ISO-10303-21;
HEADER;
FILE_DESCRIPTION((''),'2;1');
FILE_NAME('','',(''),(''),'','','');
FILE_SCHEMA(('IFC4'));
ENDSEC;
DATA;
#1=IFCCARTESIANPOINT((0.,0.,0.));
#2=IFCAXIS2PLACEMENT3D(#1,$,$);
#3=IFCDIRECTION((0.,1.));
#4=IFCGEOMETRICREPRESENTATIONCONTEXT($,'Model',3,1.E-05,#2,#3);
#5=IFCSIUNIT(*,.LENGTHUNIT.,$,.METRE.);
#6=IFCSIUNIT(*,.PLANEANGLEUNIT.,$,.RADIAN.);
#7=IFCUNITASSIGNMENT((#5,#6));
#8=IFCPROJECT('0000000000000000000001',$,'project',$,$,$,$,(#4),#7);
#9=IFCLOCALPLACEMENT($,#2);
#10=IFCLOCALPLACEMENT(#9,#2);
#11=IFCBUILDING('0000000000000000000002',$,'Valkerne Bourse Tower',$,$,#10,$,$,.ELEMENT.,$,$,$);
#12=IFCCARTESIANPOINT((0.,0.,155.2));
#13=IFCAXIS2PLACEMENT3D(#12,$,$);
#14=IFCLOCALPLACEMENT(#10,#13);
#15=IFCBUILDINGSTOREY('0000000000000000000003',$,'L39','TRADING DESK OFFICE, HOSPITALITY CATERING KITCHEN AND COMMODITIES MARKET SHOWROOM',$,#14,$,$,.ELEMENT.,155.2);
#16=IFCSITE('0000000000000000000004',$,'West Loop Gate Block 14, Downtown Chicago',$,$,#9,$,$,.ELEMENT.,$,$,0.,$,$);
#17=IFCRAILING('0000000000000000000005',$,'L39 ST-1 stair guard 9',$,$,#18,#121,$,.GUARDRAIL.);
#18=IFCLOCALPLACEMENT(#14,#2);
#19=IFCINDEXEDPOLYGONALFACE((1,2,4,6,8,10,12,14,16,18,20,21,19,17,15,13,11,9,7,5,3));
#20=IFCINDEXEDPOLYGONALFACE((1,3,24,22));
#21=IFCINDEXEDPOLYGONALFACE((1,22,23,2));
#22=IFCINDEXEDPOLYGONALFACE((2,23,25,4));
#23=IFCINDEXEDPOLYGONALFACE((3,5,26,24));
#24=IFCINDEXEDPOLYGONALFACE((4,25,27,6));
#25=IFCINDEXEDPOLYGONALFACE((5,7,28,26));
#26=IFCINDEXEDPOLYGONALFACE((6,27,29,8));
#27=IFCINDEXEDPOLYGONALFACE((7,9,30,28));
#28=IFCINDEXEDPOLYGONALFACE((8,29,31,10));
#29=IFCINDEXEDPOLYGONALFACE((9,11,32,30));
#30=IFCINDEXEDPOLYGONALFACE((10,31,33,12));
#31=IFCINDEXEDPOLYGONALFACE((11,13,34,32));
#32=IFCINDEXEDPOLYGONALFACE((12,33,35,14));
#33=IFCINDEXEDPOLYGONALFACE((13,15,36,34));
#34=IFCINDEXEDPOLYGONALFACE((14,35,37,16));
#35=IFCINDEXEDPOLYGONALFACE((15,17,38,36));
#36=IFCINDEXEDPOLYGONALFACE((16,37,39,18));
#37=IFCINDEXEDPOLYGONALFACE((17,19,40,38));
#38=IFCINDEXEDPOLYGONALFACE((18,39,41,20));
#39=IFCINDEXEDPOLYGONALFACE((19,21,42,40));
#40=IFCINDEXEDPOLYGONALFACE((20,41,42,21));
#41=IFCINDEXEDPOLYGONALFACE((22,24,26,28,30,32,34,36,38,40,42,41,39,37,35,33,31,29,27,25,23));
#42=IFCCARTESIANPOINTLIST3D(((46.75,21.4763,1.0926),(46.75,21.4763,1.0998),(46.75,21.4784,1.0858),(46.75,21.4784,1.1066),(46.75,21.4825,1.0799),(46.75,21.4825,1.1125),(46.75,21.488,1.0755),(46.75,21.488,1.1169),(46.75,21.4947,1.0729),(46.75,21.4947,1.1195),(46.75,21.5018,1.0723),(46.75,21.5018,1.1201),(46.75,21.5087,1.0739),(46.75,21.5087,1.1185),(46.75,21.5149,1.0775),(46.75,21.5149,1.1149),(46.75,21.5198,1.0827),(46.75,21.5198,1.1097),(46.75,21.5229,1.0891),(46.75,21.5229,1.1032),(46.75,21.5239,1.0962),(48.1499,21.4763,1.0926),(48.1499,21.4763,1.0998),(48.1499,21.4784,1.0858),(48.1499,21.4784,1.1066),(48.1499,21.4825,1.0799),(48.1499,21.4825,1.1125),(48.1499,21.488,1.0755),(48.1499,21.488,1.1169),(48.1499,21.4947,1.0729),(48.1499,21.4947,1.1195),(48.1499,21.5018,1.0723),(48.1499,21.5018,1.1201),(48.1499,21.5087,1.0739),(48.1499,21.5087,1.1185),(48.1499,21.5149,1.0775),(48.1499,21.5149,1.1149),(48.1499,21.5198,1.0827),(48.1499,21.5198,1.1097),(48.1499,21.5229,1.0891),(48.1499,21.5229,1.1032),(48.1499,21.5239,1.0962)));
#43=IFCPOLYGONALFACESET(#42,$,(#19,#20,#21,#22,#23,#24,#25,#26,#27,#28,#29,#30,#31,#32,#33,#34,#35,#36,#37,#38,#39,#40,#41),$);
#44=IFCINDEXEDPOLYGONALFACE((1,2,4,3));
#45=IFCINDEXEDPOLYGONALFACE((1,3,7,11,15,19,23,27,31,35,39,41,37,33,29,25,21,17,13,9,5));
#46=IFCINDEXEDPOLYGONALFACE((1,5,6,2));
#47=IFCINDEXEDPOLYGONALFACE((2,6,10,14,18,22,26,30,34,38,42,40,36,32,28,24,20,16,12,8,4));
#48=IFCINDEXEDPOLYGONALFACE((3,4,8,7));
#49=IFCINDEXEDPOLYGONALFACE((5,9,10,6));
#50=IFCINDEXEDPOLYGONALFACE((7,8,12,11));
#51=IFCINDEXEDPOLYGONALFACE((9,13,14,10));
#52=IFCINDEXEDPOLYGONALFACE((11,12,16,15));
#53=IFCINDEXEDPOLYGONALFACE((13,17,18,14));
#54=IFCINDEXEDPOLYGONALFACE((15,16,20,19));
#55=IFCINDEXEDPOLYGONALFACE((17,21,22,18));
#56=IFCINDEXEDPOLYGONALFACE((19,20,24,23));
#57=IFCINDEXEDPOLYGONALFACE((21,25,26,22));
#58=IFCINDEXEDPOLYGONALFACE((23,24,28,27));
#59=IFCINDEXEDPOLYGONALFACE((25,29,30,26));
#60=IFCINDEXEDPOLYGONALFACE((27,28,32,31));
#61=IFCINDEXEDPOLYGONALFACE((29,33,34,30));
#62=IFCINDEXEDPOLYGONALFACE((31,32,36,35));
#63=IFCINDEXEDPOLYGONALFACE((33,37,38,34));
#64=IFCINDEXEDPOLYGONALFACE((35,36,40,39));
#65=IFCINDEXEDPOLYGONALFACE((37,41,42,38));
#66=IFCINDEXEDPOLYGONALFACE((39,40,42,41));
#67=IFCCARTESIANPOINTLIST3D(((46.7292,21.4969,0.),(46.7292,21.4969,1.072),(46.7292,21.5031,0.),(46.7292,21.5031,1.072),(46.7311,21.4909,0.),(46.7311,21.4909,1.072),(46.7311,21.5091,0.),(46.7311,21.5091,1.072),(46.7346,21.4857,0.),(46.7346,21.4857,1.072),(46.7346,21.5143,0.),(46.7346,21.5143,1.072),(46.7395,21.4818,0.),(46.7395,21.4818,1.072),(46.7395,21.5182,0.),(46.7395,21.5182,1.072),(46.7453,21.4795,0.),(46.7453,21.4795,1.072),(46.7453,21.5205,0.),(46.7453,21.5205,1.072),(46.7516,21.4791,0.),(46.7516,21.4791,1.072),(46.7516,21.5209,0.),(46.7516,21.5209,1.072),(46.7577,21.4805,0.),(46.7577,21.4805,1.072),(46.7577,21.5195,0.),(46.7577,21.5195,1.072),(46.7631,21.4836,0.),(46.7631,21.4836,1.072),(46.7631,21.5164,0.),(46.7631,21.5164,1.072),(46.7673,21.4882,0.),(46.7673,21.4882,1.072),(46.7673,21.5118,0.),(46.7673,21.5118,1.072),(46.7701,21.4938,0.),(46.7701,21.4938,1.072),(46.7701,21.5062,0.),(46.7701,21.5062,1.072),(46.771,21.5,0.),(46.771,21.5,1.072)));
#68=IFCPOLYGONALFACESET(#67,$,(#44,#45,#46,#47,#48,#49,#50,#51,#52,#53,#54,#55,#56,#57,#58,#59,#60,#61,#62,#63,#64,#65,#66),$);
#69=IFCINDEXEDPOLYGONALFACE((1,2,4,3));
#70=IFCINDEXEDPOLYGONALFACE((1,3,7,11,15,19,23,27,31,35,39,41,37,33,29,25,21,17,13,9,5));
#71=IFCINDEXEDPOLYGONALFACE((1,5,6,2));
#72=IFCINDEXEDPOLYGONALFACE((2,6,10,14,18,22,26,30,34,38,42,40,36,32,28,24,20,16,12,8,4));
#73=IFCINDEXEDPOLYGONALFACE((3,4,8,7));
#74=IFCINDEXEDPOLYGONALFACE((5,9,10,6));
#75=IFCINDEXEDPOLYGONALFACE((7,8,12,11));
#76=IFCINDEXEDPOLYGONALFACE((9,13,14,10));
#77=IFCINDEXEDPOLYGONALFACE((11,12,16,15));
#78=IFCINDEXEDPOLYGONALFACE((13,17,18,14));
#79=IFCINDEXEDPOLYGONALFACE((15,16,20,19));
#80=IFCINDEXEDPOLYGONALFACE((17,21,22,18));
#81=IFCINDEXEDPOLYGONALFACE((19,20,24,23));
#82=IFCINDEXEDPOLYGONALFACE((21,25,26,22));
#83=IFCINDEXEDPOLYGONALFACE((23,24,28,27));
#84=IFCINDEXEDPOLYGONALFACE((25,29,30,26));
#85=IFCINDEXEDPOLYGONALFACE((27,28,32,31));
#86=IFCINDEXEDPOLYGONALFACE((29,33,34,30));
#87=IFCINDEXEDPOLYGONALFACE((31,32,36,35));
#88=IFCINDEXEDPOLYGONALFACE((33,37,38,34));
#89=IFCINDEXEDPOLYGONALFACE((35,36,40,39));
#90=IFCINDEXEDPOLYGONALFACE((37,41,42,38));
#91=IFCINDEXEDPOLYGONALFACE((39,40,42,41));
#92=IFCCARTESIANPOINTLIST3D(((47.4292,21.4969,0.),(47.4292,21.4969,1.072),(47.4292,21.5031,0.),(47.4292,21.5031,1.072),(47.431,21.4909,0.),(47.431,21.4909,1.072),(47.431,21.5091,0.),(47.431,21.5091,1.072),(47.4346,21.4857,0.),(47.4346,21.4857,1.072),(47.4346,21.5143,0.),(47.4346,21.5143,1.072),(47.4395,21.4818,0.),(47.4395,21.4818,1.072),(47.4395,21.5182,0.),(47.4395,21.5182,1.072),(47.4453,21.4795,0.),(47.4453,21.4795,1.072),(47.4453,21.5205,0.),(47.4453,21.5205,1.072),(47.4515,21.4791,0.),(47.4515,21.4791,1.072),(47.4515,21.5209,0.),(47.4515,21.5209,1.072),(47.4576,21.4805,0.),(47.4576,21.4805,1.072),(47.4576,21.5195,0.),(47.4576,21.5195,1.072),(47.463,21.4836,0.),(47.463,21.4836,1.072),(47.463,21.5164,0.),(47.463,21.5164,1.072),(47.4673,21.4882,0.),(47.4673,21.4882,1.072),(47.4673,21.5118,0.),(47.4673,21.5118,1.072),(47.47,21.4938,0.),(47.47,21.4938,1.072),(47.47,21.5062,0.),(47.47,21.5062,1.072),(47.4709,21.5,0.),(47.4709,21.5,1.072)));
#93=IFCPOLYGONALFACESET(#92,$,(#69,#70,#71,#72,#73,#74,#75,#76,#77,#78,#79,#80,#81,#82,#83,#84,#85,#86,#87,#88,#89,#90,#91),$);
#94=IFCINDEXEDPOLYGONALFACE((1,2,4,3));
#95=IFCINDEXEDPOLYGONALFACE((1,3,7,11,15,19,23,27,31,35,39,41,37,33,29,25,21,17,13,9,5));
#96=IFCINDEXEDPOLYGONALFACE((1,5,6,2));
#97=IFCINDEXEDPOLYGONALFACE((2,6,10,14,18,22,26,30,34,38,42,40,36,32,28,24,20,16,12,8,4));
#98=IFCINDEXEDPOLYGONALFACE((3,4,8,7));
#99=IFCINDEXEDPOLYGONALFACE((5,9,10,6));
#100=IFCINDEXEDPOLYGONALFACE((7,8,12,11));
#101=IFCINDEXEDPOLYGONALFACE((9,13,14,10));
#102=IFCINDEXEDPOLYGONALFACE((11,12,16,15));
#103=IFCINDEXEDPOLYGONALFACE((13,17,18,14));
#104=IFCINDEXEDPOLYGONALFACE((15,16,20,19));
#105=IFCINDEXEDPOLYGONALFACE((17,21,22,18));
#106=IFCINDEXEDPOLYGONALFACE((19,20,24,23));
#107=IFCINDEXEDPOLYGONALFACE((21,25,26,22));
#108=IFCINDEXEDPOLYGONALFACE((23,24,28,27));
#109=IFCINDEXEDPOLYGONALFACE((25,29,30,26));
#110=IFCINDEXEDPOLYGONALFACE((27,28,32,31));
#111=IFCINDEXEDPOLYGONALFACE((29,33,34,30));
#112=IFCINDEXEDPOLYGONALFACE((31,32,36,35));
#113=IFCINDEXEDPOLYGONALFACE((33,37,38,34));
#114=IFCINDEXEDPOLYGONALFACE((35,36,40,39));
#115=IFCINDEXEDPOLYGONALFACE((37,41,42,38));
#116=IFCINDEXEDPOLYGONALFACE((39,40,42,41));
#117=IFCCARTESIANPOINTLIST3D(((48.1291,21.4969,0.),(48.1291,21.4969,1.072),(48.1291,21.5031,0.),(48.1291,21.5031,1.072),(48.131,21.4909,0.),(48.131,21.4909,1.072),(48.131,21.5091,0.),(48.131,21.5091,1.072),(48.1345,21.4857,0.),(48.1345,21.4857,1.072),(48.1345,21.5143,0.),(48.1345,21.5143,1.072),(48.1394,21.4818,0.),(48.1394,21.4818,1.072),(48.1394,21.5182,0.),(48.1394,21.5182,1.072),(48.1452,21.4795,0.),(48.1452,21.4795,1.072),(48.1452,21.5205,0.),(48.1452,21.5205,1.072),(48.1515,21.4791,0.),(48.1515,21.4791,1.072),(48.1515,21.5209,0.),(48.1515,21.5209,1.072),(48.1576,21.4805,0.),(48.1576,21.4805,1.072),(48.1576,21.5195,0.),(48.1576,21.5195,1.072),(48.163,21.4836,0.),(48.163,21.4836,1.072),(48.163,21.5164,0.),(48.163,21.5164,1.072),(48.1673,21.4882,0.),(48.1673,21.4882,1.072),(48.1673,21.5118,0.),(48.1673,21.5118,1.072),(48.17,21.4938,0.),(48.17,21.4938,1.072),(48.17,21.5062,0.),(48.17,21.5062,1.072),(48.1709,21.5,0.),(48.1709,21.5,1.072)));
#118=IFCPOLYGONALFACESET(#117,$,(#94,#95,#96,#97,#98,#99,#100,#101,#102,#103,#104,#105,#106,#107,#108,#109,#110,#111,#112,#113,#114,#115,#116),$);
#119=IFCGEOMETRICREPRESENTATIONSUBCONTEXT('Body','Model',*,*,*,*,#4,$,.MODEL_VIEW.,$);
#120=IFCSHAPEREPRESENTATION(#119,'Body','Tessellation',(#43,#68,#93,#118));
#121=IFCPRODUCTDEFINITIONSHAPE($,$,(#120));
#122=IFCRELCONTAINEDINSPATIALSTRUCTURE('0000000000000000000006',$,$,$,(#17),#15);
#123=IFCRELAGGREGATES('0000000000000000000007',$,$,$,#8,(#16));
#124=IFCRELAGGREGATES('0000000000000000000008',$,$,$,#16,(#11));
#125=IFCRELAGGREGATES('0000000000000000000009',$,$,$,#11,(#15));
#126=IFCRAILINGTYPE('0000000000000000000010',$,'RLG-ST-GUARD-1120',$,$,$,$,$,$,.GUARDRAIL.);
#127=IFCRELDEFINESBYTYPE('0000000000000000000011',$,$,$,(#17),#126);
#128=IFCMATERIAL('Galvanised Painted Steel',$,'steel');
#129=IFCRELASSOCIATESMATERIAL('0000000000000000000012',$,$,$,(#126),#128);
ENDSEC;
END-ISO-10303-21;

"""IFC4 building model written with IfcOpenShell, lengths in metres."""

from ifc_helpers import new_model, si_unit, direction, frame, origin, origin_2d, place, context, subcontext, project, spatial, circle, extrude, material, type_object, element, save


model = new_model("IFC4")

# Units and contexts
model_context = context("Model", 3, precision=1e-05, world=origin(), true_north=direction((0.0, 1.0)))
body_context = subcontext(model_context, "Body", "Model", "MODEL_VIEW")
ifc_project = project(units=[si_unit("LENGTHUNIT", "METRE"), si_unit("PLANEANGLEUNIT", "RADIAN")], contexts=[model_context])

# Site, building, storey
site_placement = place(None, origin())
site = spatial("IfcSite", under=ifc_project, at=site_placement, Name="West Loop Gate Block 14, Downtown Chicago", CompositionType="ELEMENT", RefElevation=0.0)
building_placement = place(site_placement, origin())
building = spatial("IfcBuilding", under=site, at=building_placement, Name="Valkerne Bourse Tower", CompositionType="ELEMENT")
storey_placement = place(building_placement, frame((0.0, 0.0, 155.2)))
storey = spatial("IfcBuildingStorey", under=building, at=storey_placement, Name="L39", Description="TRADING DESK OFFICE, HOSPITALITY CATERING KITCHEN AND COMMODITIES MARKET SHOWROOM", CompositionType="ELEMENT", Elevation=155.2)

# Shared definitions
ifc_material_1 = material(Name="Galvanised Painted Steel", Category="steel")

# Railing
railing_type_1 = type_object("IfcRailingType", Name="RLG-ST-GUARD-1120", PredefinedType="GUARDRAIL", material=ifc_material_1)
for number, where, name in (
    (1, (46.75, 21.5, 0.0), "L39 ST-1 stair guard 9"),
):
    element("IfcRailing", number, at=place(storey_placement, frame(where)), inside=storey, type_object=railing_type_1, Name=name, PredefinedType="GUARDRAIL", context=body_context, shape_type="SweptSolid", body=[
        extrude(circle(Radius=0.0239, at=origin_2d()), frame((0.0, 0.0, 1.0962), z_axis=(1.0, 0.0, 0.0), x_axis=(0.0, 1.0, 0.0)), (0.0, 0.0, 1.0), 1.3999),
        extrude(circle(Radius=0.021, at=origin_2d()), origin(), (0.0, 0.0, 1.0), 1.072),
        extrude(circle(Radius=0.021, at=origin_2d()), frame((0.7, 0.0, 0.0)), (0.0, 0.0, 1.0), 1.072),
        extrude(circle(Radius=0.021, at=origin_2d()), frame((1.3999, 0.0, 0.0)), (0.0, 0.0, 1.0), 1.072),
    ])

save(model, "model.ifc")
